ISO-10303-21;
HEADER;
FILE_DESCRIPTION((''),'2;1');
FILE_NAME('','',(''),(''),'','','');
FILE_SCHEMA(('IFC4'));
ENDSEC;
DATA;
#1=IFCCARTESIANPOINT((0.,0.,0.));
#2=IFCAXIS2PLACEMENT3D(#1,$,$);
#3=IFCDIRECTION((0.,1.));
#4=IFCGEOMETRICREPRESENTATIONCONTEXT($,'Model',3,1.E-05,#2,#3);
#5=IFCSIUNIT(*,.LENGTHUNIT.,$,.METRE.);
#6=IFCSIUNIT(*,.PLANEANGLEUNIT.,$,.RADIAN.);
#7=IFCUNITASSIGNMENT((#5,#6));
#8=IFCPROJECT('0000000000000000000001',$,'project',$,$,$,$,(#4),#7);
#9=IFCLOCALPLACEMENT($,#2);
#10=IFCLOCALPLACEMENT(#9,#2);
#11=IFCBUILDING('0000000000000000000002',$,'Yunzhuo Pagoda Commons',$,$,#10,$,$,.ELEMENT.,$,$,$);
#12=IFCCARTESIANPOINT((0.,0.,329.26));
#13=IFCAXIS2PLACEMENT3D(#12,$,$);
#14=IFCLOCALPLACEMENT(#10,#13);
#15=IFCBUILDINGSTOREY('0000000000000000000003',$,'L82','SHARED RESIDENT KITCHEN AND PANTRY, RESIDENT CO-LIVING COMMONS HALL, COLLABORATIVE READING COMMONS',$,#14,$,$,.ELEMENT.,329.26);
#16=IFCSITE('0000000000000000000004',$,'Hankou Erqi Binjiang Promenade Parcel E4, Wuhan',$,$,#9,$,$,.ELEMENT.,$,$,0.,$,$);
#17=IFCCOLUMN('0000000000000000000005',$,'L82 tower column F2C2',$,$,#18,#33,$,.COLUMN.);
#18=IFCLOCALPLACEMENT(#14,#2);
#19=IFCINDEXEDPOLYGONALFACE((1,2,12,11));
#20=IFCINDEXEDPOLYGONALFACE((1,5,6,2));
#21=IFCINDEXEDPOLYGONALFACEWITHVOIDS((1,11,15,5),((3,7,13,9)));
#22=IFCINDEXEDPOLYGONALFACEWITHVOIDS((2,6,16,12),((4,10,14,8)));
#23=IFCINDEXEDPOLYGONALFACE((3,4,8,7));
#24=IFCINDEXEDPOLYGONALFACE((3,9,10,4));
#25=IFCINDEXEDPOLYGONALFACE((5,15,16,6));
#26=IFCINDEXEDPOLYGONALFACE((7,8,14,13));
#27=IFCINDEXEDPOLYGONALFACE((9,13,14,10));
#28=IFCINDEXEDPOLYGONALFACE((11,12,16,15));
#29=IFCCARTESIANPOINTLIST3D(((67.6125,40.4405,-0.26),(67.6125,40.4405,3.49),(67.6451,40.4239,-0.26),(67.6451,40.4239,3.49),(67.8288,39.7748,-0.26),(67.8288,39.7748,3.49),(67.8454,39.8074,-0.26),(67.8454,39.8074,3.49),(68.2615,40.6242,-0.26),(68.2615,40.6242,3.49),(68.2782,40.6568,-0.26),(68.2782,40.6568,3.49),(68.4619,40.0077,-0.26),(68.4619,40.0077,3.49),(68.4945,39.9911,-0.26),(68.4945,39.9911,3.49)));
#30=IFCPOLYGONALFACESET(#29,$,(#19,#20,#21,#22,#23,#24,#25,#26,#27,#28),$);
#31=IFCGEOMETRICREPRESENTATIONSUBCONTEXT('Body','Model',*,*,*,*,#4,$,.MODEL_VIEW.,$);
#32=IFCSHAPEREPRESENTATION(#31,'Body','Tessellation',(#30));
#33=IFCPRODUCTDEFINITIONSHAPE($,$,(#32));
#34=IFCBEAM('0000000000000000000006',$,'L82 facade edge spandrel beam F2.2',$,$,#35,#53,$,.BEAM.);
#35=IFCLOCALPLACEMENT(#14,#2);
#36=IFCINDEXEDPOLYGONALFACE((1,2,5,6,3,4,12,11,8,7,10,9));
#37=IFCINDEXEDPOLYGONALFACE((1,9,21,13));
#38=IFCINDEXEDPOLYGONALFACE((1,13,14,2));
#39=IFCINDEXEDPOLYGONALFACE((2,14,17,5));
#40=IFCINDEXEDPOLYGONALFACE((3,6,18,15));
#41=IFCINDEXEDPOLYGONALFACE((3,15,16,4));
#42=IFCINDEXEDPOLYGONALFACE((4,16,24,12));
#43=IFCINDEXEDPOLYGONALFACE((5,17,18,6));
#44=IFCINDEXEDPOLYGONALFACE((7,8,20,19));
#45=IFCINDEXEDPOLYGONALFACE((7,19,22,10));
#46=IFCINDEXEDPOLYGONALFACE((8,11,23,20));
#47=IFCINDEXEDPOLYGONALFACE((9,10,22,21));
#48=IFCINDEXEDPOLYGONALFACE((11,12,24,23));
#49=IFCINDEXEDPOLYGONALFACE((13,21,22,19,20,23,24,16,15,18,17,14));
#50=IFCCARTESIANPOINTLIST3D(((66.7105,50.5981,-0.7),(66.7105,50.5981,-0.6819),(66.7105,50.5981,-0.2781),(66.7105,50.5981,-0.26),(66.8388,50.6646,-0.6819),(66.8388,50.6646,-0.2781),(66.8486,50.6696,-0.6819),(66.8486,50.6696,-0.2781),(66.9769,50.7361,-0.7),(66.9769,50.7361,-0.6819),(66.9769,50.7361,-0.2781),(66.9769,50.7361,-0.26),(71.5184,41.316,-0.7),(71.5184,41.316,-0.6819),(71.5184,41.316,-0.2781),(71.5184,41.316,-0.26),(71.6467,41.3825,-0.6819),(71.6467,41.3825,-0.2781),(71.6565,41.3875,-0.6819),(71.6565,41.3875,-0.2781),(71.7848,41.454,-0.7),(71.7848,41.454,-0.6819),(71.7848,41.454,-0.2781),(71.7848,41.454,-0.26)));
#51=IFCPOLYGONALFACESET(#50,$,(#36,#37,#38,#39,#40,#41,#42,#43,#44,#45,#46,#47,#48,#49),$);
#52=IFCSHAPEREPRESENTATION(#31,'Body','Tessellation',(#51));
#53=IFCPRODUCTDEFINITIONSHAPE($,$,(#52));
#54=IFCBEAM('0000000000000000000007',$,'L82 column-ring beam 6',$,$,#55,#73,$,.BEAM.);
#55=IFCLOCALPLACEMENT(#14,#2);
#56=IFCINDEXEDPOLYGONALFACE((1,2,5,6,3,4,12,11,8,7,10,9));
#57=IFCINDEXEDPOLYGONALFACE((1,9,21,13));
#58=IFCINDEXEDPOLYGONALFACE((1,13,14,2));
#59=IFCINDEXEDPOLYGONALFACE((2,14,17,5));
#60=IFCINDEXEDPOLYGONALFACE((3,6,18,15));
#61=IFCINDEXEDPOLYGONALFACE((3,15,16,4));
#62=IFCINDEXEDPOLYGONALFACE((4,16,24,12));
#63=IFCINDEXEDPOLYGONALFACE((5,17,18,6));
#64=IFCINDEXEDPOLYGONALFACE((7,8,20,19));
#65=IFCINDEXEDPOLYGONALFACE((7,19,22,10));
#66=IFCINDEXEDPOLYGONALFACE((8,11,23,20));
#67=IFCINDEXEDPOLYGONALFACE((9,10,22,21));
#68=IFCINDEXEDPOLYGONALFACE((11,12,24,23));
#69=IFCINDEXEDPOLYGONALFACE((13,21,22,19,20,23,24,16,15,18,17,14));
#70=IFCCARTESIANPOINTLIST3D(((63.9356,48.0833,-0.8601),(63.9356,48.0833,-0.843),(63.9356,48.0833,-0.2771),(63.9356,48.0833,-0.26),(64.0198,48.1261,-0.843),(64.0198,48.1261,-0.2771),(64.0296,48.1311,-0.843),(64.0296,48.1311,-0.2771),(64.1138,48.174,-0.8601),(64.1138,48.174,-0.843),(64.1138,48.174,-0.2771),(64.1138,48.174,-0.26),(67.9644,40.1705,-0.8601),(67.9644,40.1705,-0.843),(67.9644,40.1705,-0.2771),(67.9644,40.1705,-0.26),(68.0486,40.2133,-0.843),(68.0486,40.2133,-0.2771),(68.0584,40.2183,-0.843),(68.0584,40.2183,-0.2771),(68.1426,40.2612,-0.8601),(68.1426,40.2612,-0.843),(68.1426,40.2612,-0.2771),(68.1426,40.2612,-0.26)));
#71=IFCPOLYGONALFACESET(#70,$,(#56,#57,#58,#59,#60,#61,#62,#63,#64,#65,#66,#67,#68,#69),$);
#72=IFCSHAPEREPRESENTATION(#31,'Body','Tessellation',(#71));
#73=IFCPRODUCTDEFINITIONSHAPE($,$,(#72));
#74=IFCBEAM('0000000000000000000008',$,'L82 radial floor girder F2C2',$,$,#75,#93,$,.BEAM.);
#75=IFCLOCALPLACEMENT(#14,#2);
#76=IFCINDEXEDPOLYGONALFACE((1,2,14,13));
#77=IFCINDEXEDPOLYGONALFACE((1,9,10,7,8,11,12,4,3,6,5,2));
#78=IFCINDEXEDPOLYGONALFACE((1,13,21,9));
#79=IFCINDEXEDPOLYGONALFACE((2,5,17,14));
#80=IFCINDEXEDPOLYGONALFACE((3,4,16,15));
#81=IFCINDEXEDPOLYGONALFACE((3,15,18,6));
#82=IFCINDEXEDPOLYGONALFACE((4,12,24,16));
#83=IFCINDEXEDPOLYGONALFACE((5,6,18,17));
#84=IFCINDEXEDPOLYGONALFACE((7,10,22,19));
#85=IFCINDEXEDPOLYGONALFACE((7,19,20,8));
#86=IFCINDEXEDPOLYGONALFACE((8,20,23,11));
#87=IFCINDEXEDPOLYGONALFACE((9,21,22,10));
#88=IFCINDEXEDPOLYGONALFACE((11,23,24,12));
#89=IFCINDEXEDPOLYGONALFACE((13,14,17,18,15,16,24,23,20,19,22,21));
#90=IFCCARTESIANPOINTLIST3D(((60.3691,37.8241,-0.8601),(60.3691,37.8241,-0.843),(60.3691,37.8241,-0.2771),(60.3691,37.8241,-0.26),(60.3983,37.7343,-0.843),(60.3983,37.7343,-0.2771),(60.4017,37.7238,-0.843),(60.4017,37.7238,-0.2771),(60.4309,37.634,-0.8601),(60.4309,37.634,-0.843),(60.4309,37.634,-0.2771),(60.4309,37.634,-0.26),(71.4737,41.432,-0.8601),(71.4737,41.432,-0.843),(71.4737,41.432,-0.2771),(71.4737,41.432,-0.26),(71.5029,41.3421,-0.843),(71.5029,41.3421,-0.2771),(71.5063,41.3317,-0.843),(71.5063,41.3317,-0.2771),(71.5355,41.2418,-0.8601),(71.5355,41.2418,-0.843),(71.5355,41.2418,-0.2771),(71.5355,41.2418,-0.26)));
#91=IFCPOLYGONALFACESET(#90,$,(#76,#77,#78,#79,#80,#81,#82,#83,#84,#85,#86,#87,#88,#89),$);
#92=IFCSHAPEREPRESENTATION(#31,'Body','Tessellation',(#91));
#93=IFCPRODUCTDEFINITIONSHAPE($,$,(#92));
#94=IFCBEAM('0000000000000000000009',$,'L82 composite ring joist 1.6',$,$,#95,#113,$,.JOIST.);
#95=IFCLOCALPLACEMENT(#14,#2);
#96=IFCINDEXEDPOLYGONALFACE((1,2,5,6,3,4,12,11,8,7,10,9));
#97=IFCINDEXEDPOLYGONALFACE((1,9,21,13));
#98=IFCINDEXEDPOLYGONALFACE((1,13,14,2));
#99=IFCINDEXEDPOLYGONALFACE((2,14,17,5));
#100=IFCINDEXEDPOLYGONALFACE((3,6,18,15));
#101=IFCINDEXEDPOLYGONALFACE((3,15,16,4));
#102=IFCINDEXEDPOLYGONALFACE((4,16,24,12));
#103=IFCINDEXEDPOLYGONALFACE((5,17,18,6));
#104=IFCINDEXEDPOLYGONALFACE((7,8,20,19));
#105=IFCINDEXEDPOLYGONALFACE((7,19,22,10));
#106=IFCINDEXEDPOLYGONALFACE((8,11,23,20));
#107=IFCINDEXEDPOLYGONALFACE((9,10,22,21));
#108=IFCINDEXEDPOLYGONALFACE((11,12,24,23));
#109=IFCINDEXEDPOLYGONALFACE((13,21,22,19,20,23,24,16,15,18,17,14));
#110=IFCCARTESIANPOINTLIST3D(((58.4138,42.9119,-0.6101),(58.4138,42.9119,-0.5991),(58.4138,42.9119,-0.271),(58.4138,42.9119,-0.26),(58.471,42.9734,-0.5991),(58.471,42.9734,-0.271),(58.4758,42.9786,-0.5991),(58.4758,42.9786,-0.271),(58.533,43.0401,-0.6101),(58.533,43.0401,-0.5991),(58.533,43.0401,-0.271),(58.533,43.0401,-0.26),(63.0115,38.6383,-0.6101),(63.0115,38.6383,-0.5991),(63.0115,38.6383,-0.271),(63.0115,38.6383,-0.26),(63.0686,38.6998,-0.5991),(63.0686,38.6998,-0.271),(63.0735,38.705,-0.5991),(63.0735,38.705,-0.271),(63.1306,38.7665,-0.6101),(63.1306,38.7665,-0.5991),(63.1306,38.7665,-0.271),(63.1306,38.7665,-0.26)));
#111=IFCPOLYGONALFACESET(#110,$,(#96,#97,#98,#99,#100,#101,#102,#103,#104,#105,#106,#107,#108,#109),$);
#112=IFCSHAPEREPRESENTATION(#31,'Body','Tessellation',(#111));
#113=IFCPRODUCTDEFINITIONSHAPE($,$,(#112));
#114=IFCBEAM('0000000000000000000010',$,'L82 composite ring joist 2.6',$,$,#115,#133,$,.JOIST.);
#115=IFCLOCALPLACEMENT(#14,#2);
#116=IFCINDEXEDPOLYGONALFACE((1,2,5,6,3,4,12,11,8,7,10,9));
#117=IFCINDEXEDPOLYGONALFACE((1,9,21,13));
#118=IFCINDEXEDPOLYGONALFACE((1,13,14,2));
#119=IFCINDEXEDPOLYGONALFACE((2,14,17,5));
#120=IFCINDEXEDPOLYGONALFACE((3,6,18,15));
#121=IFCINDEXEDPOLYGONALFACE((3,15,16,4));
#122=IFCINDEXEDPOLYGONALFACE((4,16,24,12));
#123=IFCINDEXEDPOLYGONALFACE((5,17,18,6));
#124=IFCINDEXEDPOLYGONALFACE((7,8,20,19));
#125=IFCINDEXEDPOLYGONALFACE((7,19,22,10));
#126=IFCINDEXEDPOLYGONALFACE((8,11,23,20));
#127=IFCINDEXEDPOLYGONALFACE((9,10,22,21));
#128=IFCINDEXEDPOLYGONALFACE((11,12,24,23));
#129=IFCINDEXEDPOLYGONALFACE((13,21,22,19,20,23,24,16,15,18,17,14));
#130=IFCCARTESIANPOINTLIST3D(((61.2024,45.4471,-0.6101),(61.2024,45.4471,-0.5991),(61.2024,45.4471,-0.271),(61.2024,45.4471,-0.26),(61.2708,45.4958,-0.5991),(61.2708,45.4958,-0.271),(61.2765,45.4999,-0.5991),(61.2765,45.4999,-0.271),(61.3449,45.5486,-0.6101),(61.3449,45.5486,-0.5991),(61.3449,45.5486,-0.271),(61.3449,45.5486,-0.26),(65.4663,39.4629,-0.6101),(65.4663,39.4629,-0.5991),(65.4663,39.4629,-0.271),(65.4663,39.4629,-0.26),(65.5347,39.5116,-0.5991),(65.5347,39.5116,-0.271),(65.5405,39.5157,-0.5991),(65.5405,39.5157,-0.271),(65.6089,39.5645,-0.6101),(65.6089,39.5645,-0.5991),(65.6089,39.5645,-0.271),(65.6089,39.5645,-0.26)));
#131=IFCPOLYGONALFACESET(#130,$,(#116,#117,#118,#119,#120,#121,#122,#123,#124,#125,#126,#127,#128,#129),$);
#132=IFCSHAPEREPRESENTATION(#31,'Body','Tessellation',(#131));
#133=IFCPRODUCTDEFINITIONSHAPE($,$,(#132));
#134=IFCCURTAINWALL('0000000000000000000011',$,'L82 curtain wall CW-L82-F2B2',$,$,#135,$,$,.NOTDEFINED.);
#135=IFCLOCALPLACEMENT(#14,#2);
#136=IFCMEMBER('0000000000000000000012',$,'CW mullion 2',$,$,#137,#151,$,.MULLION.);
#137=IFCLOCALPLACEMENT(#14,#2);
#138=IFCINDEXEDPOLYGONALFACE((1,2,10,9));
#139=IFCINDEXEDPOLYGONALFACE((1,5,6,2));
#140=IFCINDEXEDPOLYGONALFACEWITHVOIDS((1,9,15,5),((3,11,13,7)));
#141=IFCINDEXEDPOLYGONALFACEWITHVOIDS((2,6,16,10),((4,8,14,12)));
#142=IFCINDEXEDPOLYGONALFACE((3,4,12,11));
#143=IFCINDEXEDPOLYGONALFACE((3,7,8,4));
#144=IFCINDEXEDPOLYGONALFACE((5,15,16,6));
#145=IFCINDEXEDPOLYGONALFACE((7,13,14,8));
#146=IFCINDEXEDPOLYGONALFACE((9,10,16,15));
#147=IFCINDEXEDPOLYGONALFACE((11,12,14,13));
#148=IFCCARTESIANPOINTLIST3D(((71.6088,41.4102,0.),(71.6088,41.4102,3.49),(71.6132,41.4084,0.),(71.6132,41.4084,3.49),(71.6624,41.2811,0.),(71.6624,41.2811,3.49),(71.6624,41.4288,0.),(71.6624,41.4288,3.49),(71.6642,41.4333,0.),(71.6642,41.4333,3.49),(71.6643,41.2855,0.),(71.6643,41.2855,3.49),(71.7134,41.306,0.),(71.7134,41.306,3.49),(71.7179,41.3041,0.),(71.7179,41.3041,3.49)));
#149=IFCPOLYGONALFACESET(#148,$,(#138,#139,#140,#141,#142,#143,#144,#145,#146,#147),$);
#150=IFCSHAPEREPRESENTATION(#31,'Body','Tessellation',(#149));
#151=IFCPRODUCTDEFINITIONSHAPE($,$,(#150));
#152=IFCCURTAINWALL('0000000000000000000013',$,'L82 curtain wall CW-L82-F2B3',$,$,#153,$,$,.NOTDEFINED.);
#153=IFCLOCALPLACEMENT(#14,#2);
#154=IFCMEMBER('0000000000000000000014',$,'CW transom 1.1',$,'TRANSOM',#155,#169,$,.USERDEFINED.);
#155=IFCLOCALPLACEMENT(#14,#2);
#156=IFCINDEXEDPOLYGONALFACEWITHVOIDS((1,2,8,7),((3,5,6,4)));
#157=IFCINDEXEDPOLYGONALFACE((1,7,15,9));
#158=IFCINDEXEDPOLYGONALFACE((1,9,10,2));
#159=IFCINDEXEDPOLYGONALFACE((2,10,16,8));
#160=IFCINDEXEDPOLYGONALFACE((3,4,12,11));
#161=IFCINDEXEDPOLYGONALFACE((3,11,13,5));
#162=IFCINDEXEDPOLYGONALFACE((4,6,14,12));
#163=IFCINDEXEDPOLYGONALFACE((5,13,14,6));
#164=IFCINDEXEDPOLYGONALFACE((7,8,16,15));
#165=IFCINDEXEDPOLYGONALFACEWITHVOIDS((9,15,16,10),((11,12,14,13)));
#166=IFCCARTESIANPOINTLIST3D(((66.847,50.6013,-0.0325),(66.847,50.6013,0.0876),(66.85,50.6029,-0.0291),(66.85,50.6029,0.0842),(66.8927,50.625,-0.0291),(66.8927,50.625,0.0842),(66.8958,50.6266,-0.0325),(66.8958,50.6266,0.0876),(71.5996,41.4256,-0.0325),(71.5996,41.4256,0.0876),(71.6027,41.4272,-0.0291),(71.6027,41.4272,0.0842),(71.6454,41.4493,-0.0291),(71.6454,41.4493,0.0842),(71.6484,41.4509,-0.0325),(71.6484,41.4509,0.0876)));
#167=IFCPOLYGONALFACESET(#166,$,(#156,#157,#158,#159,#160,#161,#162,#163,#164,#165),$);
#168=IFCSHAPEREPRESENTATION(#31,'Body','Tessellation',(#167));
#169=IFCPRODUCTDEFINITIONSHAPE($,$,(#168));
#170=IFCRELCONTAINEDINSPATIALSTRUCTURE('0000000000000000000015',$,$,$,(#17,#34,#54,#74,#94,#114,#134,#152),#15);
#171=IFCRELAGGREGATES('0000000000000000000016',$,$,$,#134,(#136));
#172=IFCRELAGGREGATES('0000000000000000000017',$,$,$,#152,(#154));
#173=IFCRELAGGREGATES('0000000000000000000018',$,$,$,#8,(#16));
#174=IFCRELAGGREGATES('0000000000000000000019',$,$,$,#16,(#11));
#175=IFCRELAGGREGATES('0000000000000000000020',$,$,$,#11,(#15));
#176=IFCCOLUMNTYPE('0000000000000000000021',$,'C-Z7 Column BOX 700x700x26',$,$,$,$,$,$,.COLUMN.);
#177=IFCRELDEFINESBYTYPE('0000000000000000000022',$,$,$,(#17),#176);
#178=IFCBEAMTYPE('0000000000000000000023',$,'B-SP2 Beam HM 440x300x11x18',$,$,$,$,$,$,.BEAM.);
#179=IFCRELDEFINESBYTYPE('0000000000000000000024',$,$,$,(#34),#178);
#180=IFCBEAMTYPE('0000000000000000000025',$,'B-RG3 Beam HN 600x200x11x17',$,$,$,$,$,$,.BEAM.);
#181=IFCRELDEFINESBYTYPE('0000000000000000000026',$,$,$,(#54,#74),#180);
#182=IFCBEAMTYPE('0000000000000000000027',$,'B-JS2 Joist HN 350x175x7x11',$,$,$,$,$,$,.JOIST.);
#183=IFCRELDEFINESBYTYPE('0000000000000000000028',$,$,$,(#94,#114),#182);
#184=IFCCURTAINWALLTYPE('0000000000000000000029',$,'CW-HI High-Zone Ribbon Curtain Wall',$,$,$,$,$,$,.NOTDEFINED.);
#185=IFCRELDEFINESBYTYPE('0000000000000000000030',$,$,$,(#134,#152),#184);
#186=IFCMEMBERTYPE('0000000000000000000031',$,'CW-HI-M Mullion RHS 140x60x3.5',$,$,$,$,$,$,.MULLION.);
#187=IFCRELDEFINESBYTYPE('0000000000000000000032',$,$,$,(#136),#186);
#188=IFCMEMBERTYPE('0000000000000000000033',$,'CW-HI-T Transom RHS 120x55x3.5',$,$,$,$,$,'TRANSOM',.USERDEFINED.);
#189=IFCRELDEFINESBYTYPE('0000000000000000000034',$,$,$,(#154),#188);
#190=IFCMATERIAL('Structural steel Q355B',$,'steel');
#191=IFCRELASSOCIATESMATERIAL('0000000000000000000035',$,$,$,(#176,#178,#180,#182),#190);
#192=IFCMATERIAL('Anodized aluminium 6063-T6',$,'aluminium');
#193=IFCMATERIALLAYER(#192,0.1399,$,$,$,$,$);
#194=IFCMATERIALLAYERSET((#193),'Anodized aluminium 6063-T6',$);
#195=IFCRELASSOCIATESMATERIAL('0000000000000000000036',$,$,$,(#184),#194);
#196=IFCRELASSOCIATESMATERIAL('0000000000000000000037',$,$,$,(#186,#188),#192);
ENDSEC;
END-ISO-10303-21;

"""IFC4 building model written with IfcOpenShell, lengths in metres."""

from ifc_helpers import new_model, si_unit, direction, frame, origin, origin_2d, place, context, subcontext, project, spatial, hollow_rectangle, i_section, extrude, source, transform, mapped, material, layer, layer_set, material_profile, profile_set, type_object, element, aggregate, save


model = new_model("IFC4")

# Units and contexts
model_context = context("Model", 3, precision=1e-05, world=origin(), true_north=direction((0.0, 1.0)))
body_context = subcontext(model_context, "Body", "Model", "MODEL_VIEW")
ifc_project = project(units=[si_unit("LENGTHUNIT", "METRE"), si_unit("PLANEANGLEUNIT", "RADIAN")], contexts=[model_context])

# Site, building, storey
site_placement = place(None, origin())
site = spatial("IfcSite", under=ifc_project, at=site_placement, Name="Hankou Erqi Binjiang Promenade Parcel E4, Wuhan", CompositionType="ELEMENT", RefElevation=0.0)
building_placement = place(site_placement, origin())
building = spatial("IfcBuilding", under=site, at=building_placement, Name="Yunzhuo Pagoda Commons", CompositionType="ELEMENT")
storey_placement = place(building_placement, frame((0.0, 0.0, 329.26)))
storey = spatial("IfcBuildingStorey", under=building, at=storey_placement, Name="L82", Description="SHARED RESIDENT KITCHEN AND PANTRY, RESIDENT CO-LIVING COMMONS HALL, COLLABORATIVE READING COMMONS", CompositionType="ELEMENT", Elevation=329.26)

# Column
ifc_material_1 = material(Name="Structural steel Q355B", Category="steel")
ifc_material_profile_1 = material_profile(ifc_material_1, hollow_rectangle(XDim=0.7, YDim=0.7, WallThickness=0.0259, at=origin_2d()), Name="Structural steel Q355B")
ifc_profile_set_1 = profile_set([ifc_material_profile_1], Name="Structural steel Q355B")
column_type = type_object("IfcColumnType", Name="C-Z7 Column BOX 700x700x26", PredefinedType="COLUMN", material=ifc_profile_set_1)
shared_shape_1 = source(origin(), body_context, "Body", "SweptSolid", [
    extrude(hollow_rectangle(XDim=0.7, YDim=0.7, WallThickness=0.0259, at=origin_2d()), origin(), (0.0, 0.0, 1.0), 3.75),
])
column_placement = place(storey_placement, frame((68.0535, 40.2158, -0.26), z_axis=(0.0, 0.0, 1.0), x_axis=(-0.309017, 0.951057, 0.0)))
element("IfcColumn", 1, at=column_placement, inside=storey, type_object=column_type, Name="L82 tower column F2C2", PredefinedType="COLUMN", context=body_context, shape_type="MappedRepresentation", body=[
    mapped(shared_shape_1, transform((0.0, 0.0, 0.0), scale=1.0)),
])

# Beams
ifc_material_profile_2 = material_profile(ifc_material_1, i_section(OverallWidth=0.3, OverallDepth=0.4399, WebThickness=0.011, FlangeThickness=0.0181, at=origin_2d()), Name="Structural steel Q355B")
ifc_profile_set_2 = profile_set([ifc_material_profile_2], Name="Structural steel Q355B")
beam_type_1 = type_object("IfcBeamType", Name="B-SP2 Beam HM 440x300x11x18", PredefinedType="BEAM", material=ifc_profile_set_2)
shared_shape_2 = source(origin(), body_context, "Body", "SweptSolid", [
    extrude(i_section(OverallWidth=0.3, OverallDepth=0.4399, WebThickness=0.011, FlangeThickness=0.0181, at=origin_2d()), origin(), (0.0, 0.0, 1.0), 10.4534),
])
beam_1_placement = place(storey_placement, frame((71.6516, 41.385, -0.48), z_axis=(-0.459939, 0.887951, 0.0), x_axis=(-0.887951, -0.459939, 0.0)))
element("IfcBeam", 2, at=beam_1_placement, inside=storey, type_object=beam_type_1, Name="L82 facade edge spandrel beam F2.2", PredefinedType="BEAM", context=body_context, shape_type="MappedRepresentation", body=[
    mapped(shared_shape_2, transform((0.0, 0.0, 0.0), scale=1.0)),
])
ifc_material_profile_3 = material_profile(ifc_material_1, i_section(OverallWidth=0.2, OverallDepth=0.6001, WebThickness=0.011, FlangeThickness=0.0171, at=origin_2d()), Name="Structural steel Q355B")
ifc_profile_set_3 = profile_set([ifc_material_profile_3], Name="Structural steel Q355B")
beam_type_2 = type_object("IfcBeamType", Name="B-RG3 Beam HN 600x200x11x17", PredefinedType="BEAM", material=ifc_profile_set_3)
shared_shape_3 = source(origin(), body_context, "Body", "SweptSolid", [
    extrude(i_section(OverallWidth=0.2, OverallDepth=0.6001, WebThickness=0.011, FlangeThickness=0.0171, at=origin_2d()), origin(), (0.0, 0.0, 1.0), 8.8794),
])
beam_2_placement = place(storey_placement, frame((68.0535, 40.2158, -0.5601), z_axis=(-0.453724, 0.891142, 0.0), x_axis=(-0.891142, -0.453724, 0.0)))
element("IfcBeam", 3, at=beam_2_placement, inside=storey, type_object=beam_type_2, Name="L82 column-ring beam 6", PredefinedType="BEAM", context=body_context, shape_type="MappedRepresentation", body=[
    mapped(shared_shape_3, transform((0.0, 0.0, 0.0), scale=1.0)),
])
shared_shape_4 = source(origin(), body_context, "Body", "SweptSolid", [
    extrude(i_section(OverallWidth=0.2, OverallDepth=0.6001, WebThickness=0.011, FlangeThickness=0.0171, at=origin_2d()), origin(), (0.0, 0.0, 1.0), 11.676),
])
beam_3_placement = place(storey_placement, frame((71.5046, 41.3369, -0.5601), z_axis=(-0.951062, -0.308999, 0.0), x_axis=(0.308999, -0.951062, 0.0)))
element("IfcBeam", 4, at=beam_3_placement, inside=storey, type_object=beam_type_2, Name="L82 radial floor girder F2C2", PredefinedType="BEAM", context=body_context, shape_type="MappedRepresentation", body=[
    mapped(shared_shape_4, transform((0.0, 0.0, 0.0), scale=1.0)),
])
ifc_material_profile_4 = material_profile(ifc_material_1, i_section(OverallWidth=0.175, OverallDepth=0.3501, WebThickness=0.0071, FlangeThickness=0.011, at=origin_2d()), Name="Structural steel Q355B")
ifc_profile_set_4 = profile_set([ifc_material_profile_4], Name="Structural steel Q355B")
beam_type_3 = type_object("IfcBeamType", Name="B-JS2 Joist HN 350x175x7x11", PredefinedType="JOIST", material=ifc_profile_set_4)
shared_shape_5 = source(origin(), body_context, "Body", "SweptSolid", [
    extrude(i_section(OverallWidth=0.175, OverallDepth=0.3501, WebThickness=0.0071, FlangeThickness=0.011, at=origin_2d()), origin(), (0.0, 0.0, 1.0), 6.2771),
])
beam_4_placement = place(storey_placement, frame((63.071, 38.7024, -0.4351), z_axis=(-0.732442, 0.68083, 0.0), x_axis=(-0.68083, -0.732442, 0.0)))
element("IfcBeam", 5, at=beam_4_placement, inside=storey, type_object=beam_type_3, Name="L82 composite ring joist 1.6", PredefinedType="JOIST", context=body_context, shape_type="MappedRepresentation", body=[
    mapped(shared_shape_5, transform((0.0, 0.0, 0.0), scale=1.0)),
])
shared_shape_6 = source(origin(), body_context, "Body", "SweptSolid", [
    extrude(i_section(OverallWidth=0.175, OverallDepth=0.3501, WebThickness=0.0071, FlangeThickness=0.011, at=origin_2d()), origin(), (0.0, 0.0, 1.0), 7.3479),
])
beam_5_placement = place(storey_placement, frame((65.5376, 39.5137, -0.4351), z_axis=(-0.580295, 0.814406, 0.0), x_axis=(-0.814406, -0.580295, 0.0)))
element("IfcBeam", 6, at=beam_5_placement, inside=storey, type_object=beam_type_3, Name="L82 composite ring joist 2.6", PredefinedType="JOIST", context=body_context, shape_type="MappedRepresentation", body=[
    mapped(shared_shape_6, transform((0.0, 0.0, 0.0), scale=1.0)),
])

# Curtain wall, member
ifc_material_2 = material(Name="Anodized aluminium 6063-T6", Category="aluminium")
ifc_layer_1 = layer(ifc_material_2, 0.1399)
ifc_layer_set_1 = layer_set([ifc_layer_1], Name="Anodized aluminium 6063-T6")
curtain_wall_type = type_object("IfcCurtainWallType", Name="CW-HI High-Zone Ribbon Curtain Wall", PredefinedType="NOTDEFINED", material=ifc_layer_set_1)
curtain_wall_1_placement = place(storey_placement, origin())
curtain_wall_1 = element("IfcCurtainWall", 7, at=curtain_wall_1_placement, inside=storey, type_object=curtain_wall_type, Name="L82 curtain wall CW-L82-F2B2", PredefinedType="NOTDEFINED")
ifc_material_profile_5 = material_profile(ifc_material_2, hollow_rectangle(XDim=0.0601, YDim=0.1399, WallThickness=0.0034, at=origin_2d()), Name="Anodized aluminium 6063-T6")
ifc_profile_set_5 = profile_set([ifc_material_profile_5], Name="Anodized aluminium 6063-T6")
member_type_1 = type_object("IfcMemberType", Name="CW-HI-M Mullion RHS 140x60x3.5", PredefinedType="MULLION", material=ifc_profile_set_5)
shared_shape_7 = source(origin(), body_context, "Body", "SweptSolid", [
    extrude(hollow_rectangle(XDim=0.0601, YDim=0.1399, WallThickness=0.0034, at=origin_2d()), origin(), (0.0, 0.0, 1.0), 3.49),
])
member_1_placement = place(storey_placement, frame((71.6633, 41.3572, 0.0), z_axis=(0.0, 0.0, 1.0), x_axis=(-0.923407, -0.383822, 0.0)))
member_1 = element("IfcMember", 8, at=member_1_placement, type_object=member_type_1, Name="CW mullion 2", PredefinedType="MULLION", context=body_context, shape_type="MappedRepresentation", body=[
    mapped(shared_shape_7, transform((0.0, 0.0, 0.0), scale=1.0)),
])

# Curtain wall, member
curtain_wall_2_placement = place(storey_placement, origin())
curtain_wall_2 = element("IfcCurtainWall", 9, at=curtain_wall_2_placement, inside=storey, type_object=curtain_wall_type, Name="L82 curtain wall CW-L82-F2B3", PredefinedType="NOTDEFINED")
ifc_material_profile_6 = material_profile(ifc_material_2, hollow_rectangle(XDim=0.0549, YDim=0.1201, WallThickness=0.0034, at=origin_2d()), Name="Anodized aluminium 6063-T6")
ifc_profile_set_6 = profile_set([ifc_material_profile_6], Name="Anodized aluminium 6063-T6")
member_type_2 = type_object("IfcMemberType", Name="CW-HI-T Transom RHS 120x55x3.5", ElementType="TRANSOM", PredefinedType="USERDEFINED", material=ifc_profile_set_6)
shared_shape_8 = source(origin(), body_context, "Body", "SweptSolid", [
    extrude(hollow_rectangle(XDim=0.0549, YDim=0.1201, WallThickness=0.0034, at=origin_2d()), origin(), (0.0, 0.0, 1.0), 10.3335),
])
member_2_placement = place(storey_placement, frame((71.624, 41.4382, 0.0276), z_axis=(-0.459926, 0.887957, 0.0), x_axis=(-0.887957, -0.459926, 0.0)))
member_2 = element("IfcMember", 10, at=member_2_placement, type_object=member_type_2, Name="CW transom 1.1", ObjectType="TRANSOM", PredefinedType="USERDEFINED", context=body_context, shape_type="MappedRepresentation", body=[
    mapped(shared_shape_8, transform((0.0, 0.0, 0.0), scale=1.0)),
])

aggregate(curtain_wall_1, [member_1])
aggregate(curtain_wall_2, [member_2])

save(model, "model.ifc")
